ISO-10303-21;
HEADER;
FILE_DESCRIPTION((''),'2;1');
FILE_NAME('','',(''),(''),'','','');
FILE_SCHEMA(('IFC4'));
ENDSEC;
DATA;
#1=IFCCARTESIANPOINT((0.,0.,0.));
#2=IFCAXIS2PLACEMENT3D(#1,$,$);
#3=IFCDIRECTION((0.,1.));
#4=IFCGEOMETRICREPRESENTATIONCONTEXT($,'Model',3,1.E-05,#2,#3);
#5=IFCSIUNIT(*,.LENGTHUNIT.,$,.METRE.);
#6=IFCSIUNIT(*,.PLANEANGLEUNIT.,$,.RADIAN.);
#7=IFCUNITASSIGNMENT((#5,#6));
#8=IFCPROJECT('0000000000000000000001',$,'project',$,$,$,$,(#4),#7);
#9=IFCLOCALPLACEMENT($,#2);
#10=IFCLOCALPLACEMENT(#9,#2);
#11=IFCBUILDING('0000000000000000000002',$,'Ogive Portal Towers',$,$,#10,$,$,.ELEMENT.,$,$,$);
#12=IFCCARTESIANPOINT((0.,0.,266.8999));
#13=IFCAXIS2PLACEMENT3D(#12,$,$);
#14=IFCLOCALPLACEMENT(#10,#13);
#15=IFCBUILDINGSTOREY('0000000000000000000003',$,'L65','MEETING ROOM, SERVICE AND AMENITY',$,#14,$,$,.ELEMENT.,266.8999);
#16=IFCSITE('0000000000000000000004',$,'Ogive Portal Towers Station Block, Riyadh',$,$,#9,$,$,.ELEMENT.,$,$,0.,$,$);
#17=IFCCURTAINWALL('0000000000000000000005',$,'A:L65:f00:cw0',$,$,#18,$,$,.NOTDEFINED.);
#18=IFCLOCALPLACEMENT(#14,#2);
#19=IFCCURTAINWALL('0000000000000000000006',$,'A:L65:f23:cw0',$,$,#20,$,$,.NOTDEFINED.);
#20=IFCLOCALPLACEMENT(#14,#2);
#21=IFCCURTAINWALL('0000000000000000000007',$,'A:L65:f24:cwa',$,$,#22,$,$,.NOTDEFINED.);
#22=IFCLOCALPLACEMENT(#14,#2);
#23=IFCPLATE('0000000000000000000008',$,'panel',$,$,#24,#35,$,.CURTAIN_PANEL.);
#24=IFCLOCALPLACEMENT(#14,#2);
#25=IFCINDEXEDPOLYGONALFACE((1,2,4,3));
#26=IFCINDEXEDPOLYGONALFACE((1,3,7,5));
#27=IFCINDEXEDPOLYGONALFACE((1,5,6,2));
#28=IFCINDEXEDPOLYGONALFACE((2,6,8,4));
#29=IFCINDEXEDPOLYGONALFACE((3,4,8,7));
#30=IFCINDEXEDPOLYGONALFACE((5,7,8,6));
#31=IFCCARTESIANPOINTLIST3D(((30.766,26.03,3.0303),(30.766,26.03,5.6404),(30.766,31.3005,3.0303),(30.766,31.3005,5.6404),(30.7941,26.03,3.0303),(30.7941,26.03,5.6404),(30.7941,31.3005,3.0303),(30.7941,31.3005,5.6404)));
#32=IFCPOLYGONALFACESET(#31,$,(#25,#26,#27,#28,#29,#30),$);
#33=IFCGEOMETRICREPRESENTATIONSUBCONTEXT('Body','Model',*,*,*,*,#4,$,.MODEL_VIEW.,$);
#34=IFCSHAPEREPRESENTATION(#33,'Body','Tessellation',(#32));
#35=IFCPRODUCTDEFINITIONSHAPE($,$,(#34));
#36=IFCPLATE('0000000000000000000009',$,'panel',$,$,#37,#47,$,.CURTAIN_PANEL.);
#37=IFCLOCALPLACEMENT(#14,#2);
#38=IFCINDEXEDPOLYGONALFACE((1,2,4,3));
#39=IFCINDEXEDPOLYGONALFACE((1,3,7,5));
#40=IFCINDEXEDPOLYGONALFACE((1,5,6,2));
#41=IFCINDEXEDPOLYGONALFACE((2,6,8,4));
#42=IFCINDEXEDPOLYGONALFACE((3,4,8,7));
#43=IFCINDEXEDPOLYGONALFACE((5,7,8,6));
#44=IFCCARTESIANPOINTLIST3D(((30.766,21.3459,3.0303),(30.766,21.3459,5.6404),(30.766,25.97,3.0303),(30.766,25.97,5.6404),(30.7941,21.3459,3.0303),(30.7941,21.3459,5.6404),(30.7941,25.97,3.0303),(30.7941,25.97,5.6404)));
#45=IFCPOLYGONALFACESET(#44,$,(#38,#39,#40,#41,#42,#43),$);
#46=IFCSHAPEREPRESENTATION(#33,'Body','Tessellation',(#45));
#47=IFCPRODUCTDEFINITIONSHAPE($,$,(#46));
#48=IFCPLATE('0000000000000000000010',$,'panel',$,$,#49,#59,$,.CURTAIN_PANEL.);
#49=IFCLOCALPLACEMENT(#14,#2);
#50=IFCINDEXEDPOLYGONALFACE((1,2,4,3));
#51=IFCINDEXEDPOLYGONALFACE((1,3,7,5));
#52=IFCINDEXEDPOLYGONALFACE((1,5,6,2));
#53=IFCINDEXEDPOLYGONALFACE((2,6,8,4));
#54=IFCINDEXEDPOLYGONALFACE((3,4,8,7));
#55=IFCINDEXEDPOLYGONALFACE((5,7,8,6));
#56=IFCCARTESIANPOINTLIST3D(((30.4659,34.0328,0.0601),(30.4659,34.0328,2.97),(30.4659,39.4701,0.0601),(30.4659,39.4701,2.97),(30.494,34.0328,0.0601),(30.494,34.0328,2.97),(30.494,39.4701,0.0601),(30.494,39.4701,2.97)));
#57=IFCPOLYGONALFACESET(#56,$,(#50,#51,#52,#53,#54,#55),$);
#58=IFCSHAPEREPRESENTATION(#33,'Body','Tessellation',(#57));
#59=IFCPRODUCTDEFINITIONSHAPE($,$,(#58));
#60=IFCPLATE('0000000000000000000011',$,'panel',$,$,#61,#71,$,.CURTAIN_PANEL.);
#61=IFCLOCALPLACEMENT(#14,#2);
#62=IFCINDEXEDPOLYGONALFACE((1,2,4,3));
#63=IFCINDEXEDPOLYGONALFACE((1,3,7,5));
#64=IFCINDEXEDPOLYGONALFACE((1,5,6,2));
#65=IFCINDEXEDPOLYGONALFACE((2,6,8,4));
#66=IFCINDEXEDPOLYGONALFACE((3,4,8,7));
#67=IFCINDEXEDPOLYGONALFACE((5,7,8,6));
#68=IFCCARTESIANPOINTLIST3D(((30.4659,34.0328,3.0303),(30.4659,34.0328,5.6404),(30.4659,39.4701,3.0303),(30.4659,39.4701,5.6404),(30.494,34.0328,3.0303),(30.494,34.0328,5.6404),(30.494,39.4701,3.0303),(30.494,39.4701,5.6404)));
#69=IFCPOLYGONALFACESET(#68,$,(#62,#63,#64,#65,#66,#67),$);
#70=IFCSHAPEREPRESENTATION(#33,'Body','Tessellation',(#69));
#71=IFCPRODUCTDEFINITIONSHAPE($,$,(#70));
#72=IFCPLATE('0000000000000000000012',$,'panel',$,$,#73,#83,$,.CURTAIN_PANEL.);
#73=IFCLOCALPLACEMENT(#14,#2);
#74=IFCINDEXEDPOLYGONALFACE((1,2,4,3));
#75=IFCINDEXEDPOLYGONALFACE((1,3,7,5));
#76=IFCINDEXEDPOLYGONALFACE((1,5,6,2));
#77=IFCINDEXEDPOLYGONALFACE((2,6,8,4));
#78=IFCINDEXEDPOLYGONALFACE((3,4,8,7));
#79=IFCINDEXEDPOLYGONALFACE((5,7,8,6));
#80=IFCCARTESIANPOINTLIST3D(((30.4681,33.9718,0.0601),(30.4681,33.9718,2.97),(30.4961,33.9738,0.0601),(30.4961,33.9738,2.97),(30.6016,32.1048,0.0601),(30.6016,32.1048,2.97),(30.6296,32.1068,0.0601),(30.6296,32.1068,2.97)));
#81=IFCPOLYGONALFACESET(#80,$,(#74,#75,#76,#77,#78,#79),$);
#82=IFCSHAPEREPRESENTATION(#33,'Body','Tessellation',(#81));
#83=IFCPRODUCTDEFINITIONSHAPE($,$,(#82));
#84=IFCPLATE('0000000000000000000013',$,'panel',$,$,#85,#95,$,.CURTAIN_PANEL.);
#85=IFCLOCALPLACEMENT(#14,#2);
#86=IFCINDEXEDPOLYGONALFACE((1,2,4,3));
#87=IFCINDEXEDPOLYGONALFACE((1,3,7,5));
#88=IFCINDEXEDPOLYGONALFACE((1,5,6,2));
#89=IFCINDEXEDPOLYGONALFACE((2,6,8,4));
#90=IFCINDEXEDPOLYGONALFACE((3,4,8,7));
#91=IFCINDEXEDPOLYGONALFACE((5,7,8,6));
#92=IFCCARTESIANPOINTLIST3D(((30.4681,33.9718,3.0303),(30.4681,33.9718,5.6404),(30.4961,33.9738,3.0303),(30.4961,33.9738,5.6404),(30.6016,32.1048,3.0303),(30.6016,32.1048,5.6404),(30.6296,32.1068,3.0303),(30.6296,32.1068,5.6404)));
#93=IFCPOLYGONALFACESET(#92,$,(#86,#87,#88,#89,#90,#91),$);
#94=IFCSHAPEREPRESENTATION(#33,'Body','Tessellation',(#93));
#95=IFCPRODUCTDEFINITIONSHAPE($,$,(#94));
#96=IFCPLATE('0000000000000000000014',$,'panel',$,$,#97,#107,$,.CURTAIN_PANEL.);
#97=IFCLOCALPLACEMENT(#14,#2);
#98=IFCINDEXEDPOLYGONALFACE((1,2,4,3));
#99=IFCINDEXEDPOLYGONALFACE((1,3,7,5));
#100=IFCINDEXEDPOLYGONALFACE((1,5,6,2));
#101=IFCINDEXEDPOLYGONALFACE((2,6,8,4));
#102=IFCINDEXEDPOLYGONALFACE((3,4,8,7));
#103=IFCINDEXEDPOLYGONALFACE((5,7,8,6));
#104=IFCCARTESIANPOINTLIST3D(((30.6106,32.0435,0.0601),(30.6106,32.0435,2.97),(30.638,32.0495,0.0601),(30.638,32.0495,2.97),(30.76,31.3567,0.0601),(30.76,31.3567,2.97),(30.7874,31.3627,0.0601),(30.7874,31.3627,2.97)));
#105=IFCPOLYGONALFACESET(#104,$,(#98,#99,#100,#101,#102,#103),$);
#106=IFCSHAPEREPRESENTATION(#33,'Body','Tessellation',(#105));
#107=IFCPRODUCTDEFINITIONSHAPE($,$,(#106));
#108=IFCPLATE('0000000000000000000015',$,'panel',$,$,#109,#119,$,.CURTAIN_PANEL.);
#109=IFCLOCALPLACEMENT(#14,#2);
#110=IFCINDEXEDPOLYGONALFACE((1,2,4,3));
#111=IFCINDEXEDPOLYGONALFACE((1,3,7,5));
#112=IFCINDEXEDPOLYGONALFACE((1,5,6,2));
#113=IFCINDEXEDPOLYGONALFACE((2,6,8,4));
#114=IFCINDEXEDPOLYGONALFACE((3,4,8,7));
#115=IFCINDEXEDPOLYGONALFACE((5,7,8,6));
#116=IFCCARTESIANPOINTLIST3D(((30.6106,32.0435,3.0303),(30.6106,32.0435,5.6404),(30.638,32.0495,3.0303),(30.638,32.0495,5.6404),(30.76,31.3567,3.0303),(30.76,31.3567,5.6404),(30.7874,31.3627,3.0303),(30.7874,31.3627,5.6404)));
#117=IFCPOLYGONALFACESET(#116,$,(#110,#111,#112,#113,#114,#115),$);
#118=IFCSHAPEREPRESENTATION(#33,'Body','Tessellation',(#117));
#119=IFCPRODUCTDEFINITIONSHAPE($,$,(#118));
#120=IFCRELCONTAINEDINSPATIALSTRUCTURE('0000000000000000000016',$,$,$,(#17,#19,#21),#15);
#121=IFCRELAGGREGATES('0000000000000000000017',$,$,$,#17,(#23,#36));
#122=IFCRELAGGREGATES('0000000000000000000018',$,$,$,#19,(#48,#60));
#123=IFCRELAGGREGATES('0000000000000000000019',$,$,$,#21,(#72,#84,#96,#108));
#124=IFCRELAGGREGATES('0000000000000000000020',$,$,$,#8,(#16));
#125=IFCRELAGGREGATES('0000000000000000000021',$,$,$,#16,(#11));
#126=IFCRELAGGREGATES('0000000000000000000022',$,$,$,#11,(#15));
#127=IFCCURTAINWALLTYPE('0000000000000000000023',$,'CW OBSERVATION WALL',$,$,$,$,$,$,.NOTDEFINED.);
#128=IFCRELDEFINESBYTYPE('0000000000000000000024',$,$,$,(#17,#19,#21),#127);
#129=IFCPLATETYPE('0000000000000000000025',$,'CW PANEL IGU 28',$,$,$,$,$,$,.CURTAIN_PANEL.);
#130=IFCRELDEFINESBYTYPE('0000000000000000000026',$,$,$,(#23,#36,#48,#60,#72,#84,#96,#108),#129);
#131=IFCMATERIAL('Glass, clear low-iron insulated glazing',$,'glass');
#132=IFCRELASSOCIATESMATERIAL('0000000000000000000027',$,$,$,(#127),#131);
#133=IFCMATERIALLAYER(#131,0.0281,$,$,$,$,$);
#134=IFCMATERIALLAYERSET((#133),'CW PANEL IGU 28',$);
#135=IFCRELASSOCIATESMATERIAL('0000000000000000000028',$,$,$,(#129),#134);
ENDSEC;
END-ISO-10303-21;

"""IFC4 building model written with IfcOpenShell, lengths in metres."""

from ifc_helpers import new_model, si_unit, direction, frame, origin, origin_2d, place, context, subcontext, project, spatial, rectangle, extrude, material, layer, layer_set, type_object, element, aggregate, save


model = new_model("IFC4")

# Units and contexts
model_context = context("Model", 3, precision=1e-05, world=origin(), true_north=direction((0.0, 1.0)))
body_context = subcontext(model_context, "Body", "Model", "MODEL_VIEW")
ifc_project = project(units=[si_unit("LENGTHUNIT", "METRE"), si_unit("PLANEANGLEUNIT", "RADIAN")], contexts=[model_context])

# Site, building, storey
site_placement = place(None, origin())
site = spatial("IfcSite", under=ifc_project, at=site_placement, Name="Ogive Portal Towers Station Block, Riyadh", CompositionType="ELEMENT", RefElevation=0.0)
building_placement = place(site_placement, origin())
building = spatial("IfcBuilding", under=site, at=building_placement, Name="Ogive Portal Towers", CompositionType="ELEMENT")
storey_placement = place(building_placement, frame((0.0, 0.0, 266.8999)))
storey = spatial("IfcBuildingStorey", under=building, at=storey_placement, Name="L65", Description="MEETING ROOM, SERVICE AND AMENITY", CompositionType="ELEMENT", Elevation=266.8999)

# Curtain wall
ifc_material_1 = material(Name="Glass, clear low-iron insulated glazing", Category="glass")
curtain_wall_type = type_object("IfcCurtainWallType", Name="CW OBSERVATION WALL", PredefinedType="NOTDEFINED", material=ifc_material_1)
curtain_wall_1_placement = place(storey_placement, origin())
curtain_wall_1 = element("IfcCurtainWall", 1, at=curtain_wall_1_placement, inside=storey, type_object=curtain_wall_type, Name="A:L65:f00:cw0", PredefinedType="NOTDEFINED")

# Curtain walls
curtain_wall_2_placement = place(storey_placement, origin())
curtain_wall_2 = element("IfcCurtainWall", 2, at=curtain_wall_2_placement, inside=storey, type_object=curtain_wall_type, Name="A:L65:f23:cw0", PredefinedType="NOTDEFINED")
curtain_wall_3_placement = place(storey_placement, origin())
curtain_wall_3 = element("IfcCurtainWall", 3, at=curtain_wall_3_placement, inside=storey, type_object=curtain_wall_type, Name="A:L65:f24:cwa", PredefinedType="NOTDEFINED")

# Plates
ifc_layer = layer(ifc_material_1, 0.0281)
ifc_layer_set = layer_set([ifc_layer], Name="CW PANEL IGU 28")
plate_type = type_object("IfcPlateType", Name="CW PANEL IGU 28", PredefinedType="CURTAIN_PANEL", material=ifc_layer_set)
plate_1_placement = place(storey_placement, frame((30.78, 28.6653, 3.0303), z_axis=(0.0, 0.0, 1.0), x_axis=(0.0, -1.0, 0.0)))
plate_1 = element("IfcPlate", 4, at=plate_1_placement, type_object=plate_type, Name="panel", PredefinedType="CURTAIN_PANEL", context=body_context, shape_type="SweptSolid", body=[
    extrude(rectangle(XDim=5.2705, YDim=0.0281, at=origin_2d()), origin(), (0.0, 0.0, 1.0), 2.6101),
])
plate_2_placement = place(storey_placement, frame((30.78, 23.658, 3.0303), z_axis=(0.0, 0.0, 1.0), x_axis=(0.0, -1.0, 0.0)))
plate_2 = element("IfcPlate", 5, at=plate_2_placement, type_object=plate_type, Name="panel", PredefinedType="CURTAIN_PANEL", context=body_context, shape_type="SweptSolid", body=[
    extrude(rectangle(XDim=4.624, YDim=0.0281, at=origin_2d()), origin(), (0.0, 0.0, 1.0), 2.6101),
])
aggregate(curtain_wall_1, [plate_1, plate_2])
plate_3_placement = place(storey_placement, frame((30.48, 36.7515, 0.0601), z_axis=(0.0, 0.0, 1.0), x_axis=(0.0, -1.0, 0.0)))
plate_3 = element("IfcPlate", 6, at=plate_3_placement, type_object=plate_type, Name="panel", PredefinedType="CURTAIN_PANEL", context=body_context, shape_type="SweptSolid", body=[
    extrude(rectangle(XDim=5.4373, YDim=0.0281, at=origin_2d()), origin(), (0.0, 0.0, 1.0), 2.9099),
])
plate_4_placement = place(storey_placement, frame((30.48, 36.7515, 3.0303), z_axis=(0.0, 0.0, 1.0), x_axis=(0.0, -1.0, 0.0)))
plate_4 = element("IfcPlate", 7, at=plate_4_placement, type_object=plate_type, Name="panel", PredefinedType="CURTAIN_PANEL", context=body_context, shape_type="SweptSolid", body=[
    extrude(rectangle(XDim=5.4373, YDim=0.0281, at=origin_2d()), origin(), (0.0, 0.0, 1.0), 2.6101),
])
aggregate(curtain_wall_2, [plate_3, plate_4])
plate_5_placement = place(storey_placement, frame((30.5488, 33.0393, 0.0601), z_axis=(0.0, 0.0, 1.0), x_axis=(0.071339, -0.997452, 0.0)))
plate_5 = element("IfcPlate", 8, at=plate_5_placement, type_object=plate_type, Name="panel", PredefinedType="CURTAIN_PANEL", context=body_context, shape_type="SweptSolid", body=[
    extrude(rectangle(XDim=1.8718, YDim=0.0281, at=origin_2d()), origin(), (0.0, 0.0, 1.0), 2.9099),
])
plate_6_placement = place(storey_placement, frame((30.5488, 33.0393, 3.0303), z_axis=(0.0, 0.0, 1.0), x_axis=(0.071339, -0.997452, 0.0)))
plate_6 = element("IfcPlate", 9, at=plate_6_placement, type_object=plate_type, Name="panel", PredefinedType="CURTAIN_PANEL", context=body_context, shape_type="SweptSolid", body=[
    extrude(rectangle(XDim=1.8718, YDim=0.0281, at=origin_2d()), origin(), (0.0, 0.0, 1.0), 2.6101),
])
plate_7_placement = place(storey_placement, frame((30.699, 31.7031, 0.0601), z_axis=(0.0, 0.0, 1.0), x_axis=(0.212565, -0.977147, 0.0)))
plate_7 = element("IfcPlate", 10, at=plate_7_placement, type_object=plate_type, Name="panel", PredefinedType="CURTAIN_PANEL", context=body_context, shape_type="SweptSolid", body=[
    extrude(rectangle(XDim=0.7029, YDim=0.0281, at=origin_2d()), origin(), (0.0, 0.0, 1.0), 2.9099),
])
plate_8_placement = place(storey_placement, frame((30.699, 31.7031, 3.0303), z_axis=(0.0, 0.0, 1.0), x_axis=(0.212565, -0.977147, 0.0)))
plate_8 = element("IfcPlate", 11, at=plate_8_placement, type_object=plate_type, Name="panel", PredefinedType="CURTAIN_PANEL", context=body_context, shape_type="SweptSolid", body=[
    extrude(rectangle(XDim=0.7029, YDim=0.0281, at=origin_2d()), origin(), (0.0, 0.0, 1.0), 2.6101),
])
aggregate(curtain_wall_3, [plate_5, plate_6, plate_7, plate_8])

save(model, "model.ifc")
